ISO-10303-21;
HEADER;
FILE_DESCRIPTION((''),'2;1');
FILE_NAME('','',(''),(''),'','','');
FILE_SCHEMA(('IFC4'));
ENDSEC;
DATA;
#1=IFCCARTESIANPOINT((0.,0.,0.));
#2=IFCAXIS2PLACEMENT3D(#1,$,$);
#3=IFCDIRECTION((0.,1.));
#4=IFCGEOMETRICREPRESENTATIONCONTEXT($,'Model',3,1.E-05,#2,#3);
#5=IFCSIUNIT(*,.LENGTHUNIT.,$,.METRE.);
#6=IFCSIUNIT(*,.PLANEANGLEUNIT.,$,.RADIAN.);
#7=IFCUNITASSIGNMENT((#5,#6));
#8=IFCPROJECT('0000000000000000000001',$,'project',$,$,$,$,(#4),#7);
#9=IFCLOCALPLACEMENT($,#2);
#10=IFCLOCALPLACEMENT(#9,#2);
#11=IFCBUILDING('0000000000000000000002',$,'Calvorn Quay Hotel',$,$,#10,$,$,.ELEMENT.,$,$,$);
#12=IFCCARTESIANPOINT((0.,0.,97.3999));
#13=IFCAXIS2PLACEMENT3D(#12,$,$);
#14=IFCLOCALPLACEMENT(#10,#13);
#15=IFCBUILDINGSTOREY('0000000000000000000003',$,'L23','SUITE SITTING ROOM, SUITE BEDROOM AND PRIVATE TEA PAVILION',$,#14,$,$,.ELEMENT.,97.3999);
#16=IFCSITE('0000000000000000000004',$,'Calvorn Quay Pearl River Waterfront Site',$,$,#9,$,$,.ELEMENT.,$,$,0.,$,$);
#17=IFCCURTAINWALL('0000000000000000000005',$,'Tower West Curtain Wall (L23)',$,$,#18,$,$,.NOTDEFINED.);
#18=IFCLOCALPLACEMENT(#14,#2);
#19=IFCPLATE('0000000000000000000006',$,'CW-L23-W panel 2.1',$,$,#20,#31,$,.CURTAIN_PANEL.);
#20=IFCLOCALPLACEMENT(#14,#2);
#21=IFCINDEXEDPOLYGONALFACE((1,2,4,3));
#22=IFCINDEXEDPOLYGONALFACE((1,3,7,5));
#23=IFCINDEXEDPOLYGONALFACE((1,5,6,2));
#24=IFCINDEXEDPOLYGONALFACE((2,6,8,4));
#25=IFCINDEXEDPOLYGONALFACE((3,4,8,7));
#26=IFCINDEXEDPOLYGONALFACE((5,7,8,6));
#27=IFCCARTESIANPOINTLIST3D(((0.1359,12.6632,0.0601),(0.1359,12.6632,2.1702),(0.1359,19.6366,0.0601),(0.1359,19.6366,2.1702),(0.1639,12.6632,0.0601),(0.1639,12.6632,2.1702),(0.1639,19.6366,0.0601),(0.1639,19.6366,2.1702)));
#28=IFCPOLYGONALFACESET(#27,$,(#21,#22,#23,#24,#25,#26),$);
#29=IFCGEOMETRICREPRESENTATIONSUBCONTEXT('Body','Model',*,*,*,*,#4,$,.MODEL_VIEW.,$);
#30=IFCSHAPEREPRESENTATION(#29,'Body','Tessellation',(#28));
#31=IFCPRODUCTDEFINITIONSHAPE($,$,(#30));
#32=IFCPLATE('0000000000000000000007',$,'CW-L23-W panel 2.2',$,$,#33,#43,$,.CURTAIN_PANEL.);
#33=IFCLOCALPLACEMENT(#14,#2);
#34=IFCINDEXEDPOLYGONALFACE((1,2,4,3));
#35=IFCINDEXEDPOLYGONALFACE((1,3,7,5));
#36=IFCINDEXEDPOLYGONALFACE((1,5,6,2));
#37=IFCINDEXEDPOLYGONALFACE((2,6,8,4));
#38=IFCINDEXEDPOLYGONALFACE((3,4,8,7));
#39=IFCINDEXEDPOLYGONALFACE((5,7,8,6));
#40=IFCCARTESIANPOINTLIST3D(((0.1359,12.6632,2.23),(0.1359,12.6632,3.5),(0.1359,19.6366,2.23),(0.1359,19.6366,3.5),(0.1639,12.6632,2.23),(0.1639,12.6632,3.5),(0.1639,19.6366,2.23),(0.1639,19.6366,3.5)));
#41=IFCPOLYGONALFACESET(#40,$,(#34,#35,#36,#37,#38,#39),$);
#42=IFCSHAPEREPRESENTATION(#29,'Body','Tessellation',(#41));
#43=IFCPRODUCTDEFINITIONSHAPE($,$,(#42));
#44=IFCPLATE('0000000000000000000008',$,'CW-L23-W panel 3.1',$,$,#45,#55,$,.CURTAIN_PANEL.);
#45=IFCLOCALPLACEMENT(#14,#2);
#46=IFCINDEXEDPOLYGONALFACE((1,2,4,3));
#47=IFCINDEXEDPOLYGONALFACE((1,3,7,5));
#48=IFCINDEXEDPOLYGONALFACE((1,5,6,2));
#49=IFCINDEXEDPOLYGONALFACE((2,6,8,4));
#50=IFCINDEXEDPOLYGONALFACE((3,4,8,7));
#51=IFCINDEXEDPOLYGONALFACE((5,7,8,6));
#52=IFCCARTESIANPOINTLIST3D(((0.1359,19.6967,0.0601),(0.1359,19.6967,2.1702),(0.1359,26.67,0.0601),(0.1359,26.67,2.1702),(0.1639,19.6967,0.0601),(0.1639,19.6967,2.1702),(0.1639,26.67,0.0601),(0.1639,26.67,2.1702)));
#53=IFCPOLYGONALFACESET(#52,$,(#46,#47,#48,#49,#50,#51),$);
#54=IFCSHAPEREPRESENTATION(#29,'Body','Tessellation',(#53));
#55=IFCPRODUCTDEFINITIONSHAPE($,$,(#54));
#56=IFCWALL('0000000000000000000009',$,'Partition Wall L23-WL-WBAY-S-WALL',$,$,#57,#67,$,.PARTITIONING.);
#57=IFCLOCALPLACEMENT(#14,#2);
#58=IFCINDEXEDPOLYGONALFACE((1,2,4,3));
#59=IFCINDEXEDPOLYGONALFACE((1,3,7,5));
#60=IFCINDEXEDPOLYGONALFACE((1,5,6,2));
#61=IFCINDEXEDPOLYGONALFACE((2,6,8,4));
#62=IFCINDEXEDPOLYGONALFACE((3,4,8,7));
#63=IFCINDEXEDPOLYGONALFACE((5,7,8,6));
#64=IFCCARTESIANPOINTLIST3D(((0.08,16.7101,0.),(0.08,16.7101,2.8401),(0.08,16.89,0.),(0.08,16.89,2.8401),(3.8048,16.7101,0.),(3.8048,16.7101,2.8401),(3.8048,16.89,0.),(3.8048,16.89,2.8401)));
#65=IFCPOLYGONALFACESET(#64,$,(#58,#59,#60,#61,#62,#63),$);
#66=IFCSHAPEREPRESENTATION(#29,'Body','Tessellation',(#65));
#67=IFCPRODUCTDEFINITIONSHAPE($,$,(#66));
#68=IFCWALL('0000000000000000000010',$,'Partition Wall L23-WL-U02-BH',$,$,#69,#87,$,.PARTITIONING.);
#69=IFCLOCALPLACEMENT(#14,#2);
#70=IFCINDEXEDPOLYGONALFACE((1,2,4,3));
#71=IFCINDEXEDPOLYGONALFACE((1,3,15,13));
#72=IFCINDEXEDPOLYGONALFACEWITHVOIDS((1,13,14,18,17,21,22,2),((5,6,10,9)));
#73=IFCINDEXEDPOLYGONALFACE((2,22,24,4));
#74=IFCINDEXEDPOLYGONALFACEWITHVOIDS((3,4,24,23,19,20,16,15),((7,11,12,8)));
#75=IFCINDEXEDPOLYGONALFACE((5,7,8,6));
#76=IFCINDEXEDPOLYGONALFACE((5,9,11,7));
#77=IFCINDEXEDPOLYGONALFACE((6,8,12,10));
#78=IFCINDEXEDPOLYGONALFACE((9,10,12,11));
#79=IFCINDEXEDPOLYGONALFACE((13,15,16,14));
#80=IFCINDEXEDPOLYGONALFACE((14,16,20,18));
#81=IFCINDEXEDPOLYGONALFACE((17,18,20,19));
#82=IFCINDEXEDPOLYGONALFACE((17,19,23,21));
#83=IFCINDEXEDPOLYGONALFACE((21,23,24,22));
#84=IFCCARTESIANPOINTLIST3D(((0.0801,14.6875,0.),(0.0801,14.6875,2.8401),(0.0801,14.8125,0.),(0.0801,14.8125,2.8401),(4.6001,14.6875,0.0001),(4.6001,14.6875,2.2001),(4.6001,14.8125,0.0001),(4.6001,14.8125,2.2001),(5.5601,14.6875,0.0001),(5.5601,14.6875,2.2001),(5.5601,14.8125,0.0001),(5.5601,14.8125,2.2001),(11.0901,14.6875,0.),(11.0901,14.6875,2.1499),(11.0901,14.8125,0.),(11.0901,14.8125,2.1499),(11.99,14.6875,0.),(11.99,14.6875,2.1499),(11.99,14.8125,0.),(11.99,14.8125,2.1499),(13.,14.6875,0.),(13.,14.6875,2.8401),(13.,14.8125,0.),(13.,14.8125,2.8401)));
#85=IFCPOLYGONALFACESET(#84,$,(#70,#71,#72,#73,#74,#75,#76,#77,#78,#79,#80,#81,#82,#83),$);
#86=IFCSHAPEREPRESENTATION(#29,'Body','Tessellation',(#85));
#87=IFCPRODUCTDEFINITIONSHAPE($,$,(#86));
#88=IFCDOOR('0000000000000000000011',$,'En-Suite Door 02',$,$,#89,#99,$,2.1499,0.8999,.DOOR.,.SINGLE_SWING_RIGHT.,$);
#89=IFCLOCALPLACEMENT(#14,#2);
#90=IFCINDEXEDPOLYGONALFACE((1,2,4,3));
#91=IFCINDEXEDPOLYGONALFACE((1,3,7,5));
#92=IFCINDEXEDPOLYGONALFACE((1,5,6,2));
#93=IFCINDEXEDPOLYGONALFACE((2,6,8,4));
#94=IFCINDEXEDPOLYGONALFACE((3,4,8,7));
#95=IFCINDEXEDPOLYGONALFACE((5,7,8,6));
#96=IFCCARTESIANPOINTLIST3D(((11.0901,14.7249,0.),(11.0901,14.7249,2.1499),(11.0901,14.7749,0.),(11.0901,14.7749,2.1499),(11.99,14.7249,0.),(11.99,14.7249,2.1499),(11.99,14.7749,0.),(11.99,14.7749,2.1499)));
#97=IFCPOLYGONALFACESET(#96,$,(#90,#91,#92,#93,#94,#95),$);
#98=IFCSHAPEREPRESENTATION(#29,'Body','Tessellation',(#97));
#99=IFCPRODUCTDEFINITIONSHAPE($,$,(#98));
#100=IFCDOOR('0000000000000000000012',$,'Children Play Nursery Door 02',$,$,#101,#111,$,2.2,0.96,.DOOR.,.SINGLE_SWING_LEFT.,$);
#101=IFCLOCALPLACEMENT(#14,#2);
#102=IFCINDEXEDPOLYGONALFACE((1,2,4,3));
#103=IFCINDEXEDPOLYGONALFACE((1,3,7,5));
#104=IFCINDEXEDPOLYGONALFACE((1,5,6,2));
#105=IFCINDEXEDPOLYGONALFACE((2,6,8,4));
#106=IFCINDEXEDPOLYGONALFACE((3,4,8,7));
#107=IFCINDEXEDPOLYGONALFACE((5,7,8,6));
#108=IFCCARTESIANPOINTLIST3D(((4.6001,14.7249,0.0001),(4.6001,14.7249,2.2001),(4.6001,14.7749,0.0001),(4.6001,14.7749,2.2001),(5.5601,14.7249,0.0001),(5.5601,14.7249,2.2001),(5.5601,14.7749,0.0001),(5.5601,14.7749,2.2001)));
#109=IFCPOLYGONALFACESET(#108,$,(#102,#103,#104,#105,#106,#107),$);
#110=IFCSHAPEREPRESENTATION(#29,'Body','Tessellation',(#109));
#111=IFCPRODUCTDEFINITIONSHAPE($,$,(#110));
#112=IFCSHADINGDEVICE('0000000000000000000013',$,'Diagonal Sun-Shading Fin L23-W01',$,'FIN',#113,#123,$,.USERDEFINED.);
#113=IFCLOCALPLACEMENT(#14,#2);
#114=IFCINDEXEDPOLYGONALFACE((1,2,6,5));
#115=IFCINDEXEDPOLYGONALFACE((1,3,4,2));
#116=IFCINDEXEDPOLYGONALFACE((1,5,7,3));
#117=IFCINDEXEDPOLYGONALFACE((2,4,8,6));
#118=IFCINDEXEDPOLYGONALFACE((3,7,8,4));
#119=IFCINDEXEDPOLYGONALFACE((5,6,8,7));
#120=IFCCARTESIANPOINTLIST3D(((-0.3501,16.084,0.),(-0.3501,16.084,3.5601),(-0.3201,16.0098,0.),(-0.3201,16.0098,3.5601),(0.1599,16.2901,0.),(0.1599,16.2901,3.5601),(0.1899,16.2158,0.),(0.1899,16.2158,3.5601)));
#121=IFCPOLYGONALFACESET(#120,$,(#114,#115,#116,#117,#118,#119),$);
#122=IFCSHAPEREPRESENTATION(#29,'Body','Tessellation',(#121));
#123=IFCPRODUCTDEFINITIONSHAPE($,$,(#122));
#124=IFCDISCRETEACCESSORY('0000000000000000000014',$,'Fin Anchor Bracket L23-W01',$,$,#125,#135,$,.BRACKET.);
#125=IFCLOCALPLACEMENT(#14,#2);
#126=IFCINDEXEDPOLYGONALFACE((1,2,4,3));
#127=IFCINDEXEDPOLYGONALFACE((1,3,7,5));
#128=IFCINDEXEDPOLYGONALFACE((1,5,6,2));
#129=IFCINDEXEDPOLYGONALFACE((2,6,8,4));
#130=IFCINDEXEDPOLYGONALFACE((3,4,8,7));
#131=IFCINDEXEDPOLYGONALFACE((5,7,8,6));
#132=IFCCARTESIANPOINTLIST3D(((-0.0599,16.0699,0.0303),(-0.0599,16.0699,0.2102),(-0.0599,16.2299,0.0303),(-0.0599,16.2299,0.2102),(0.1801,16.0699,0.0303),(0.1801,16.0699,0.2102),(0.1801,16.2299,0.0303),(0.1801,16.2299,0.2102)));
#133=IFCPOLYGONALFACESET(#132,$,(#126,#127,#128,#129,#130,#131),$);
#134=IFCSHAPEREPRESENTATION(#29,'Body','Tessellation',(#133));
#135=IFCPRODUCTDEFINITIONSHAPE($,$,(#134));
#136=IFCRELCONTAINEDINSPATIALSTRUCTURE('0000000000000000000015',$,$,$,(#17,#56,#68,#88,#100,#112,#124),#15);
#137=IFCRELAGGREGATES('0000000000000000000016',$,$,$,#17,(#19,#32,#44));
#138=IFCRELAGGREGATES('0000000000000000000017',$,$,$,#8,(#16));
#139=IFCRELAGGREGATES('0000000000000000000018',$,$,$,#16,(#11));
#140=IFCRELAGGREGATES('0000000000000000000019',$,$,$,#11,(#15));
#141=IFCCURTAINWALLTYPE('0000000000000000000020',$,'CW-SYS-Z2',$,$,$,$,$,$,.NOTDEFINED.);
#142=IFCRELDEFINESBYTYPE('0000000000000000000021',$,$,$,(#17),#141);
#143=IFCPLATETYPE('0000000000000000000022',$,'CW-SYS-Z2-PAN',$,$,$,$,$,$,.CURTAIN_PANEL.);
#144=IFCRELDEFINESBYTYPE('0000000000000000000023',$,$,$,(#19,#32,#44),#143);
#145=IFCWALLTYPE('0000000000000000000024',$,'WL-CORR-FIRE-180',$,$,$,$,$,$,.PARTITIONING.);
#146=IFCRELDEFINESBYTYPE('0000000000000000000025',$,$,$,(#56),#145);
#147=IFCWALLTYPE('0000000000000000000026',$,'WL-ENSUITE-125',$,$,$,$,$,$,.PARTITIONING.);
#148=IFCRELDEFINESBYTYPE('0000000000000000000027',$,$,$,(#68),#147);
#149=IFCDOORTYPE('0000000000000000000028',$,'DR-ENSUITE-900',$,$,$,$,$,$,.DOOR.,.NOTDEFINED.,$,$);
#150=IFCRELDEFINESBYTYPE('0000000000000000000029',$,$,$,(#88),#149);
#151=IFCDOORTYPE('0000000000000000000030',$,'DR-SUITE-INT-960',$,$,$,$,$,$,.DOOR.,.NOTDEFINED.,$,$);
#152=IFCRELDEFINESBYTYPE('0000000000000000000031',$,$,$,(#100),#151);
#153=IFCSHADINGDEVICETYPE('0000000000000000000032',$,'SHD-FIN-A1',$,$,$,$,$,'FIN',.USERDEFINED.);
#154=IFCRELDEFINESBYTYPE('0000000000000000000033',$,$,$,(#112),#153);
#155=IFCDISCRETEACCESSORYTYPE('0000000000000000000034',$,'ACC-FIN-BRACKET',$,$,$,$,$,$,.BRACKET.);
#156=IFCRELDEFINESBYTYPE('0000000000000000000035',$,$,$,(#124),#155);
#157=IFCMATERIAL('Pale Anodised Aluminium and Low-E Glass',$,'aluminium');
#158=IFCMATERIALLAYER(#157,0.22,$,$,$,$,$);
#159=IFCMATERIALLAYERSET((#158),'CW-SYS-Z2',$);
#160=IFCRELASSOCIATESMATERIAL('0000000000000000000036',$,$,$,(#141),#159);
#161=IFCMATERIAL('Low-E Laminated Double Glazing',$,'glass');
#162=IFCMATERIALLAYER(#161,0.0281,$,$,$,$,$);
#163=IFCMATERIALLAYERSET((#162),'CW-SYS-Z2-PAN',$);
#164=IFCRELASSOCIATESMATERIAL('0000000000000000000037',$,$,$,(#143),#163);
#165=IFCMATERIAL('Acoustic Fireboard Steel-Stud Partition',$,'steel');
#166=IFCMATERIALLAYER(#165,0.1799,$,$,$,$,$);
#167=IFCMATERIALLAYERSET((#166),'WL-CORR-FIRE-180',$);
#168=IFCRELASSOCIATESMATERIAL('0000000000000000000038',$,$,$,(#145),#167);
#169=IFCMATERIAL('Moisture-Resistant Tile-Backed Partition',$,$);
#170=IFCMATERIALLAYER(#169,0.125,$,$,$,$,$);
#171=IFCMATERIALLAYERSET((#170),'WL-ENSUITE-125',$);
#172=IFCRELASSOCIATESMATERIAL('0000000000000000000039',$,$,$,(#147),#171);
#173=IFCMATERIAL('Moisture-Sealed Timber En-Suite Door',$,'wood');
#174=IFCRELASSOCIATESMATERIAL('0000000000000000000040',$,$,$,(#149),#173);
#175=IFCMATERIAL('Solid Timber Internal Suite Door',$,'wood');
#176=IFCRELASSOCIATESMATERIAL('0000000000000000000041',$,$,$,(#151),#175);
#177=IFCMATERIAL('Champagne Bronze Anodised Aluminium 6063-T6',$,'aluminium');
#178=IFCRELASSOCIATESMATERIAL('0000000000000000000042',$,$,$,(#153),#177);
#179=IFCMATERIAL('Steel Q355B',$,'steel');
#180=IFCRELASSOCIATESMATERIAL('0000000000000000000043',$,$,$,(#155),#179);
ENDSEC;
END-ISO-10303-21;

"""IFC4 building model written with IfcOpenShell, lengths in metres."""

from ifc_helpers import new_model, si_unit, direction, frame, frame_2d, origin, origin_2d, place, context, subcontext, project, spatial, rectangle, extrude, material, layer, layer_set, type_object, element, fill, aggregate, save


model = new_model("IFC4")

# Units and contexts
model_context = context("Model", 3, precision=1e-05, world=origin(), true_north=direction((0.0, 1.0)))
body_context = subcontext(model_context, "Body", "Model", "MODEL_VIEW")
ifc_project = project(units=[si_unit("LENGTHUNIT", "METRE"), si_unit("PLANEANGLEUNIT", "RADIAN")], contexts=[model_context])

# Site, building, storey
site_placement = place(None, origin())
site = spatial("IfcSite", under=ifc_project, at=site_placement, Name="Calvorn Quay Pearl River Waterfront Site", CompositionType="ELEMENT", RefElevation=0.0)
building_placement = place(site_placement, origin())
building = spatial("IfcBuilding", under=site, at=building_placement, Name="Calvorn Quay Hotel", CompositionType="ELEMENT")
storey_placement = place(building_placement, frame((0.0, 0.0, 97.3999)))
storey = spatial("IfcBuildingStorey", under=building, at=storey_placement, Name="L23", Description="SUITE SITTING ROOM, SUITE BEDROOM AND PRIVATE TEA PAVILION", CompositionType="ELEMENT", Elevation=97.3999)

# Curtain wall, plates
ifc_material_1 = material(Name="Pale Anodised Aluminium and Low-E Glass", Category="aluminium")
ifc_layer_1 = layer(ifc_material_1, 0.22)
ifc_layer_set_1 = layer_set([ifc_layer_1], Name="CW-SYS-Z2")
curtain_wall_type = type_object("IfcCurtainWallType", Name="CW-SYS-Z2", PredefinedType="NOTDEFINED", material=ifc_layer_set_1)
curtain_wall_placement = place(storey_placement, origin())
curtain_wall = element("IfcCurtainWall", 1, at=curtain_wall_placement, inside=storey, type_object=curtain_wall_type, Name="Tower West Curtain Wall (L23)", PredefinedType="NOTDEFINED")
ifc_material_2 = material(Name="Low-E Laminated Double Glazing", Category="glass")
ifc_layer_2 = layer(ifc_material_2, 0.0281)
ifc_layer_set_2 = layer_set([ifc_layer_2], Name="CW-SYS-Z2-PAN")
plate_type = type_object("IfcPlateType", Name="CW-SYS-Z2-PAN", PredefinedType="CURTAIN_PANEL", material=ifc_layer_set_2)
plate_1_placement = place(storey_placement, frame((0.1499, 16.1499, 0.0601), z_axis=(0.0, 0.0, 1.0), x_axis=(0.0, 1.0, 0.0)))
plate_1 = element("IfcPlate", 2, at=plate_1_placement, type_object=plate_type, Name="CW-L23-W panel 2.1", PredefinedType="CURTAIN_PANEL", context=body_context, shape_type="SweptSolid", body=[
    extrude(rectangle(XDim=6.9734, YDim=0.0281, at=origin_2d()), origin(), (0.0, 0.0, 1.0), 2.1101),
])
plate_2_placement = place(storey_placement, frame((0.1499, 16.1499, 2.23), z_axis=(0.0, 0.0, 1.0), x_axis=(0.0, 1.0, 0.0)))
plate_2 = element("IfcPlate", 3, at=plate_2_placement, type_object=plate_type, Name="CW-L23-W panel 2.2", PredefinedType="CURTAIN_PANEL", context=body_context, shape_type="SweptSolid", body=[
    extrude(rectangle(XDim=6.9734, YDim=0.0281, at=origin_2d()), origin(), (0.0, 0.0, 1.0), 1.27),
])
plate_3_placement = place(storey_placement, frame((0.1499, 23.1833, 0.0601), z_axis=(0.0, 0.0, 1.0), x_axis=(0.0, 1.0, 0.0)))
plate_3 = element("IfcPlate", 4, at=plate_3_placement, type_object=plate_type, Name="CW-L23-W panel 3.1", PredefinedType="CURTAIN_PANEL", context=body_context, shape_type="SweptSolid", body=[
    extrude(rectangle(XDim=6.9734, YDim=0.0281, at=origin_2d()), origin(), (0.0, 0.0, 1.0), 2.1101),
])
aggregate(curtain_wall, [plate_1, plate_2, plate_3])

# Wall
ifc_material_3 = material(Name="Acoustic Fireboard Steel-Stud Partition", Category="steel")
ifc_layer_3 = layer(ifc_material_3, 0.1799)
ifc_layer_set_3 = layer_set([ifc_layer_3], Name="WL-CORR-FIRE-180")
wall_type_1 = type_object("IfcWallType", Name="WL-CORR-FIRE-180", PredefinedType="PARTITIONING", material=ifc_layer_set_3)
wall_1_placement = place(storey_placement, frame((0.0801, 16.8, 0.0), z_axis=(0.0, 0.0, 1.0), x_axis=(1.0, 0.0, 0.0)))
element("IfcWall", 5, at=wall_1_placement, inside=storey, type_object=wall_type_1, Name="Partition Wall L23-WL-WBAY-S-WALL", PredefinedType="PARTITIONING", context=body_context, shape_type="SweptSolid", body=[
    extrude(rectangle(XDim=3.7249, YDim=0.1799, at=frame_2d((1.8623, 0.0))), origin(), (0.0, 0.0, 1.0), 2.8401),
])

# Wall, openings, doors
ifc_material_4 = material(Name="Moisture-Resistant Tile-Backed Partition")
ifc_layer_4 = layer(ifc_material_4, 0.125)
ifc_layer_set_4 = layer_set([ifc_layer_4], Name="WL-ENSUITE-125")
wall_type_2 = type_object("IfcWallType", Name="WL-ENSUITE-125", PredefinedType="PARTITIONING", material=ifc_layer_set_4)
wall_2_placement = place(storey_placement, frame((0.0801, 14.75, 0.0), z_axis=(0.0, 0.0, 1.0), x_axis=(1.0, 0.0, 0.0)))
wall_2 = element("IfcWall", 6, at=wall_2_placement, inside=storey, type_object=wall_type_2, Name="Partition Wall L23-WL-U02-BH", PredefinedType="PARTITIONING", context=body_context, shape_type="SweptSolid", body=[
    extrude(rectangle(XDim=12.9199, YDim=0.125, at=frame_2d((6.46, 0.0))), origin(), (0.0, 0.0, 1.0), 2.8401),
])
opening_1_placement = place(wall_2_placement, frame((4.52, 0.0, 0.0)))
opening_1 = element("IfcOpeningElement", 7, at=opening_1_placement, cuts=wall_2, PredefinedType="OPENING", context=body_context, shape_type="SweptSolid", body=[
    extrude(rectangle(XDim=0.96, YDim=2.2, at=frame_2d((0.48, 1.1001))), frame((0.0, 0.0725, 0.0), z_axis=(0.0, -1.0, 0.0), x_axis=(1.0, 0.0, 0.0)), (0.0, 0.0, 1.0), 0.145),
])
opening_2_placement = place(wall_2_placement, frame((11.01, 0.0, 0.0)))
opening_2 = element("IfcOpeningElement", 8, at=opening_2_placement, cuts=wall_2, PredefinedType="OPENING", context=body_context, shape_type="SweptSolid", body=[
    extrude(rectangle(XDim=0.8999, YDim=2.1499, at=frame_2d((0.45, 1.075))), frame((0.0, 0.0725, 0.0), z_axis=(0.0, -1.0, 0.0), x_axis=(1.0, 0.0, 0.0)), (0.0, 0.0, 1.0), 0.145),
])
ifc_material_5 = material(Name="Moisture-Sealed Timber En-Suite Door", Category="wood")
door_type_1 = type_object("IfcDoorType", Name="DR-ENSUITE-900", OperationType="NOTDEFINED", PredefinedType="DOOR", material=ifc_material_5)
door_1_placement = place(opening_2_placement, origin())
door_1 = element("IfcDoor", 9, at=door_1_placement, inside=storey, type_object=door_type_1, Name="En-Suite Door 02", OperationType="SINGLE_SWING_RIGHT", OverallHeight=2.1499, OverallWidth=0.8999, PredefinedType="DOOR", context=body_context, shape_type="SweptSolid", body=[
    extrude(rectangle(XDim=0.8999, YDim=2.1499, at=frame_2d((0.45, 1.075))), frame((0.0, 0.0249, 0.0), z_axis=(0.0, -1.0, 0.0), x_axis=(1.0, 0.0, 0.0)), (0.0, 0.0, 1.0), 0.05),
])
fill(opening_2, door_1)
ifc_material_6 = material(Name="Solid Timber Internal Suite Door", Category="wood")
door_type_2 = type_object("IfcDoorType", Name="DR-SUITE-INT-960", OperationType="NOTDEFINED", PredefinedType="DOOR", material=ifc_material_6)
door_2_placement = place(opening_1_placement, origin())
door_2 = element("IfcDoor", 10, at=door_2_placement, inside=storey, type_object=door_type_2, Name="Children Play Nursery Door 02", OperationType="SINGLE_SWING_LEFT", OverallHeight=2.2, OverallWidth=0.96, PredefinedType="DOOR", context=body_context, shape_type="SweptSolid", body=[
    extrude(rectangle(XDim=0.96, YDim=2.2, at=frame_2d((0.48, 1.1001))), frame((0.0, 0.0249, 0.0), z_axis=(0.0, -1.0, 0.0), x_axis=(1.0, 0.0, 0.0)), (0.0, 0.0, 1.0), 0.05),
])
fill(opening_1, door_2)

# Shading device
ifc_material_7 = material(Name="Champagne Bronze Anodised Aluminium 6063-T6", Category="aluminium")
shading_device_type = type_object("IfcShadingDeviceType", Name="SHD-FIN-A1", ElementType="FIN", PredefinedType="USERDEFINED", material=ifc_material_7)
shading_device_placement = place(storey_placement, frame((-0.0801, 16.1499, 0.0), z_axis=(0.0, 0.0, 1.0), x_axis=(0.927184, 0.374607, 0.0)))
element("IfcShadingDevice", 11, at=shading_device_placement, inside=storey, type_object=shading_device_type, Name="Diagonal Sun-Shading Fin L23-W01", ObjectType="FIN", PredefinedType="USERDEFINED", context=body_context, shape_type="SweptSolid", body=[
    extrude(rectangle(XDim=0.55, YDim=0.0801, at=origin_2d()), origin(), (0.0, 0.0, 1.0), 3.5601),
])

# Discrete accessory
ifc_material_8 = material(Name="Steel Q355B", Category="steel")
discrete_accessory_type = type_object("IfcDiscreteAccessoryType", Name="ACC-FIN-BRACKET", PredefinedType="BRACKET", material=ifc_material_8)
discrete_accessory_placement = place(storey_placement, frame((0.0601, 16.1499, 0.0303), z_axis=(0.0, 0.0, 1.0), x_axis=(1.0, 0.0, 0.0)))
element("IfcDiscreteAccessory", 12, at=discrete_accessory_placement, inside=storey, type_object=discrete_accessory_type, Name="Fin Anchor Bracket L23-W01", PredefinedType="BRACKET", context=body_context, shape_type="SweptSolid", body=[
    extrude(rectangle(XDim=0.24, YDim=0.1599, at=origin_2d()), origin(), (0.0, 0.0, 1.0), 0.1799),
])

save(model, "model.ifc")
